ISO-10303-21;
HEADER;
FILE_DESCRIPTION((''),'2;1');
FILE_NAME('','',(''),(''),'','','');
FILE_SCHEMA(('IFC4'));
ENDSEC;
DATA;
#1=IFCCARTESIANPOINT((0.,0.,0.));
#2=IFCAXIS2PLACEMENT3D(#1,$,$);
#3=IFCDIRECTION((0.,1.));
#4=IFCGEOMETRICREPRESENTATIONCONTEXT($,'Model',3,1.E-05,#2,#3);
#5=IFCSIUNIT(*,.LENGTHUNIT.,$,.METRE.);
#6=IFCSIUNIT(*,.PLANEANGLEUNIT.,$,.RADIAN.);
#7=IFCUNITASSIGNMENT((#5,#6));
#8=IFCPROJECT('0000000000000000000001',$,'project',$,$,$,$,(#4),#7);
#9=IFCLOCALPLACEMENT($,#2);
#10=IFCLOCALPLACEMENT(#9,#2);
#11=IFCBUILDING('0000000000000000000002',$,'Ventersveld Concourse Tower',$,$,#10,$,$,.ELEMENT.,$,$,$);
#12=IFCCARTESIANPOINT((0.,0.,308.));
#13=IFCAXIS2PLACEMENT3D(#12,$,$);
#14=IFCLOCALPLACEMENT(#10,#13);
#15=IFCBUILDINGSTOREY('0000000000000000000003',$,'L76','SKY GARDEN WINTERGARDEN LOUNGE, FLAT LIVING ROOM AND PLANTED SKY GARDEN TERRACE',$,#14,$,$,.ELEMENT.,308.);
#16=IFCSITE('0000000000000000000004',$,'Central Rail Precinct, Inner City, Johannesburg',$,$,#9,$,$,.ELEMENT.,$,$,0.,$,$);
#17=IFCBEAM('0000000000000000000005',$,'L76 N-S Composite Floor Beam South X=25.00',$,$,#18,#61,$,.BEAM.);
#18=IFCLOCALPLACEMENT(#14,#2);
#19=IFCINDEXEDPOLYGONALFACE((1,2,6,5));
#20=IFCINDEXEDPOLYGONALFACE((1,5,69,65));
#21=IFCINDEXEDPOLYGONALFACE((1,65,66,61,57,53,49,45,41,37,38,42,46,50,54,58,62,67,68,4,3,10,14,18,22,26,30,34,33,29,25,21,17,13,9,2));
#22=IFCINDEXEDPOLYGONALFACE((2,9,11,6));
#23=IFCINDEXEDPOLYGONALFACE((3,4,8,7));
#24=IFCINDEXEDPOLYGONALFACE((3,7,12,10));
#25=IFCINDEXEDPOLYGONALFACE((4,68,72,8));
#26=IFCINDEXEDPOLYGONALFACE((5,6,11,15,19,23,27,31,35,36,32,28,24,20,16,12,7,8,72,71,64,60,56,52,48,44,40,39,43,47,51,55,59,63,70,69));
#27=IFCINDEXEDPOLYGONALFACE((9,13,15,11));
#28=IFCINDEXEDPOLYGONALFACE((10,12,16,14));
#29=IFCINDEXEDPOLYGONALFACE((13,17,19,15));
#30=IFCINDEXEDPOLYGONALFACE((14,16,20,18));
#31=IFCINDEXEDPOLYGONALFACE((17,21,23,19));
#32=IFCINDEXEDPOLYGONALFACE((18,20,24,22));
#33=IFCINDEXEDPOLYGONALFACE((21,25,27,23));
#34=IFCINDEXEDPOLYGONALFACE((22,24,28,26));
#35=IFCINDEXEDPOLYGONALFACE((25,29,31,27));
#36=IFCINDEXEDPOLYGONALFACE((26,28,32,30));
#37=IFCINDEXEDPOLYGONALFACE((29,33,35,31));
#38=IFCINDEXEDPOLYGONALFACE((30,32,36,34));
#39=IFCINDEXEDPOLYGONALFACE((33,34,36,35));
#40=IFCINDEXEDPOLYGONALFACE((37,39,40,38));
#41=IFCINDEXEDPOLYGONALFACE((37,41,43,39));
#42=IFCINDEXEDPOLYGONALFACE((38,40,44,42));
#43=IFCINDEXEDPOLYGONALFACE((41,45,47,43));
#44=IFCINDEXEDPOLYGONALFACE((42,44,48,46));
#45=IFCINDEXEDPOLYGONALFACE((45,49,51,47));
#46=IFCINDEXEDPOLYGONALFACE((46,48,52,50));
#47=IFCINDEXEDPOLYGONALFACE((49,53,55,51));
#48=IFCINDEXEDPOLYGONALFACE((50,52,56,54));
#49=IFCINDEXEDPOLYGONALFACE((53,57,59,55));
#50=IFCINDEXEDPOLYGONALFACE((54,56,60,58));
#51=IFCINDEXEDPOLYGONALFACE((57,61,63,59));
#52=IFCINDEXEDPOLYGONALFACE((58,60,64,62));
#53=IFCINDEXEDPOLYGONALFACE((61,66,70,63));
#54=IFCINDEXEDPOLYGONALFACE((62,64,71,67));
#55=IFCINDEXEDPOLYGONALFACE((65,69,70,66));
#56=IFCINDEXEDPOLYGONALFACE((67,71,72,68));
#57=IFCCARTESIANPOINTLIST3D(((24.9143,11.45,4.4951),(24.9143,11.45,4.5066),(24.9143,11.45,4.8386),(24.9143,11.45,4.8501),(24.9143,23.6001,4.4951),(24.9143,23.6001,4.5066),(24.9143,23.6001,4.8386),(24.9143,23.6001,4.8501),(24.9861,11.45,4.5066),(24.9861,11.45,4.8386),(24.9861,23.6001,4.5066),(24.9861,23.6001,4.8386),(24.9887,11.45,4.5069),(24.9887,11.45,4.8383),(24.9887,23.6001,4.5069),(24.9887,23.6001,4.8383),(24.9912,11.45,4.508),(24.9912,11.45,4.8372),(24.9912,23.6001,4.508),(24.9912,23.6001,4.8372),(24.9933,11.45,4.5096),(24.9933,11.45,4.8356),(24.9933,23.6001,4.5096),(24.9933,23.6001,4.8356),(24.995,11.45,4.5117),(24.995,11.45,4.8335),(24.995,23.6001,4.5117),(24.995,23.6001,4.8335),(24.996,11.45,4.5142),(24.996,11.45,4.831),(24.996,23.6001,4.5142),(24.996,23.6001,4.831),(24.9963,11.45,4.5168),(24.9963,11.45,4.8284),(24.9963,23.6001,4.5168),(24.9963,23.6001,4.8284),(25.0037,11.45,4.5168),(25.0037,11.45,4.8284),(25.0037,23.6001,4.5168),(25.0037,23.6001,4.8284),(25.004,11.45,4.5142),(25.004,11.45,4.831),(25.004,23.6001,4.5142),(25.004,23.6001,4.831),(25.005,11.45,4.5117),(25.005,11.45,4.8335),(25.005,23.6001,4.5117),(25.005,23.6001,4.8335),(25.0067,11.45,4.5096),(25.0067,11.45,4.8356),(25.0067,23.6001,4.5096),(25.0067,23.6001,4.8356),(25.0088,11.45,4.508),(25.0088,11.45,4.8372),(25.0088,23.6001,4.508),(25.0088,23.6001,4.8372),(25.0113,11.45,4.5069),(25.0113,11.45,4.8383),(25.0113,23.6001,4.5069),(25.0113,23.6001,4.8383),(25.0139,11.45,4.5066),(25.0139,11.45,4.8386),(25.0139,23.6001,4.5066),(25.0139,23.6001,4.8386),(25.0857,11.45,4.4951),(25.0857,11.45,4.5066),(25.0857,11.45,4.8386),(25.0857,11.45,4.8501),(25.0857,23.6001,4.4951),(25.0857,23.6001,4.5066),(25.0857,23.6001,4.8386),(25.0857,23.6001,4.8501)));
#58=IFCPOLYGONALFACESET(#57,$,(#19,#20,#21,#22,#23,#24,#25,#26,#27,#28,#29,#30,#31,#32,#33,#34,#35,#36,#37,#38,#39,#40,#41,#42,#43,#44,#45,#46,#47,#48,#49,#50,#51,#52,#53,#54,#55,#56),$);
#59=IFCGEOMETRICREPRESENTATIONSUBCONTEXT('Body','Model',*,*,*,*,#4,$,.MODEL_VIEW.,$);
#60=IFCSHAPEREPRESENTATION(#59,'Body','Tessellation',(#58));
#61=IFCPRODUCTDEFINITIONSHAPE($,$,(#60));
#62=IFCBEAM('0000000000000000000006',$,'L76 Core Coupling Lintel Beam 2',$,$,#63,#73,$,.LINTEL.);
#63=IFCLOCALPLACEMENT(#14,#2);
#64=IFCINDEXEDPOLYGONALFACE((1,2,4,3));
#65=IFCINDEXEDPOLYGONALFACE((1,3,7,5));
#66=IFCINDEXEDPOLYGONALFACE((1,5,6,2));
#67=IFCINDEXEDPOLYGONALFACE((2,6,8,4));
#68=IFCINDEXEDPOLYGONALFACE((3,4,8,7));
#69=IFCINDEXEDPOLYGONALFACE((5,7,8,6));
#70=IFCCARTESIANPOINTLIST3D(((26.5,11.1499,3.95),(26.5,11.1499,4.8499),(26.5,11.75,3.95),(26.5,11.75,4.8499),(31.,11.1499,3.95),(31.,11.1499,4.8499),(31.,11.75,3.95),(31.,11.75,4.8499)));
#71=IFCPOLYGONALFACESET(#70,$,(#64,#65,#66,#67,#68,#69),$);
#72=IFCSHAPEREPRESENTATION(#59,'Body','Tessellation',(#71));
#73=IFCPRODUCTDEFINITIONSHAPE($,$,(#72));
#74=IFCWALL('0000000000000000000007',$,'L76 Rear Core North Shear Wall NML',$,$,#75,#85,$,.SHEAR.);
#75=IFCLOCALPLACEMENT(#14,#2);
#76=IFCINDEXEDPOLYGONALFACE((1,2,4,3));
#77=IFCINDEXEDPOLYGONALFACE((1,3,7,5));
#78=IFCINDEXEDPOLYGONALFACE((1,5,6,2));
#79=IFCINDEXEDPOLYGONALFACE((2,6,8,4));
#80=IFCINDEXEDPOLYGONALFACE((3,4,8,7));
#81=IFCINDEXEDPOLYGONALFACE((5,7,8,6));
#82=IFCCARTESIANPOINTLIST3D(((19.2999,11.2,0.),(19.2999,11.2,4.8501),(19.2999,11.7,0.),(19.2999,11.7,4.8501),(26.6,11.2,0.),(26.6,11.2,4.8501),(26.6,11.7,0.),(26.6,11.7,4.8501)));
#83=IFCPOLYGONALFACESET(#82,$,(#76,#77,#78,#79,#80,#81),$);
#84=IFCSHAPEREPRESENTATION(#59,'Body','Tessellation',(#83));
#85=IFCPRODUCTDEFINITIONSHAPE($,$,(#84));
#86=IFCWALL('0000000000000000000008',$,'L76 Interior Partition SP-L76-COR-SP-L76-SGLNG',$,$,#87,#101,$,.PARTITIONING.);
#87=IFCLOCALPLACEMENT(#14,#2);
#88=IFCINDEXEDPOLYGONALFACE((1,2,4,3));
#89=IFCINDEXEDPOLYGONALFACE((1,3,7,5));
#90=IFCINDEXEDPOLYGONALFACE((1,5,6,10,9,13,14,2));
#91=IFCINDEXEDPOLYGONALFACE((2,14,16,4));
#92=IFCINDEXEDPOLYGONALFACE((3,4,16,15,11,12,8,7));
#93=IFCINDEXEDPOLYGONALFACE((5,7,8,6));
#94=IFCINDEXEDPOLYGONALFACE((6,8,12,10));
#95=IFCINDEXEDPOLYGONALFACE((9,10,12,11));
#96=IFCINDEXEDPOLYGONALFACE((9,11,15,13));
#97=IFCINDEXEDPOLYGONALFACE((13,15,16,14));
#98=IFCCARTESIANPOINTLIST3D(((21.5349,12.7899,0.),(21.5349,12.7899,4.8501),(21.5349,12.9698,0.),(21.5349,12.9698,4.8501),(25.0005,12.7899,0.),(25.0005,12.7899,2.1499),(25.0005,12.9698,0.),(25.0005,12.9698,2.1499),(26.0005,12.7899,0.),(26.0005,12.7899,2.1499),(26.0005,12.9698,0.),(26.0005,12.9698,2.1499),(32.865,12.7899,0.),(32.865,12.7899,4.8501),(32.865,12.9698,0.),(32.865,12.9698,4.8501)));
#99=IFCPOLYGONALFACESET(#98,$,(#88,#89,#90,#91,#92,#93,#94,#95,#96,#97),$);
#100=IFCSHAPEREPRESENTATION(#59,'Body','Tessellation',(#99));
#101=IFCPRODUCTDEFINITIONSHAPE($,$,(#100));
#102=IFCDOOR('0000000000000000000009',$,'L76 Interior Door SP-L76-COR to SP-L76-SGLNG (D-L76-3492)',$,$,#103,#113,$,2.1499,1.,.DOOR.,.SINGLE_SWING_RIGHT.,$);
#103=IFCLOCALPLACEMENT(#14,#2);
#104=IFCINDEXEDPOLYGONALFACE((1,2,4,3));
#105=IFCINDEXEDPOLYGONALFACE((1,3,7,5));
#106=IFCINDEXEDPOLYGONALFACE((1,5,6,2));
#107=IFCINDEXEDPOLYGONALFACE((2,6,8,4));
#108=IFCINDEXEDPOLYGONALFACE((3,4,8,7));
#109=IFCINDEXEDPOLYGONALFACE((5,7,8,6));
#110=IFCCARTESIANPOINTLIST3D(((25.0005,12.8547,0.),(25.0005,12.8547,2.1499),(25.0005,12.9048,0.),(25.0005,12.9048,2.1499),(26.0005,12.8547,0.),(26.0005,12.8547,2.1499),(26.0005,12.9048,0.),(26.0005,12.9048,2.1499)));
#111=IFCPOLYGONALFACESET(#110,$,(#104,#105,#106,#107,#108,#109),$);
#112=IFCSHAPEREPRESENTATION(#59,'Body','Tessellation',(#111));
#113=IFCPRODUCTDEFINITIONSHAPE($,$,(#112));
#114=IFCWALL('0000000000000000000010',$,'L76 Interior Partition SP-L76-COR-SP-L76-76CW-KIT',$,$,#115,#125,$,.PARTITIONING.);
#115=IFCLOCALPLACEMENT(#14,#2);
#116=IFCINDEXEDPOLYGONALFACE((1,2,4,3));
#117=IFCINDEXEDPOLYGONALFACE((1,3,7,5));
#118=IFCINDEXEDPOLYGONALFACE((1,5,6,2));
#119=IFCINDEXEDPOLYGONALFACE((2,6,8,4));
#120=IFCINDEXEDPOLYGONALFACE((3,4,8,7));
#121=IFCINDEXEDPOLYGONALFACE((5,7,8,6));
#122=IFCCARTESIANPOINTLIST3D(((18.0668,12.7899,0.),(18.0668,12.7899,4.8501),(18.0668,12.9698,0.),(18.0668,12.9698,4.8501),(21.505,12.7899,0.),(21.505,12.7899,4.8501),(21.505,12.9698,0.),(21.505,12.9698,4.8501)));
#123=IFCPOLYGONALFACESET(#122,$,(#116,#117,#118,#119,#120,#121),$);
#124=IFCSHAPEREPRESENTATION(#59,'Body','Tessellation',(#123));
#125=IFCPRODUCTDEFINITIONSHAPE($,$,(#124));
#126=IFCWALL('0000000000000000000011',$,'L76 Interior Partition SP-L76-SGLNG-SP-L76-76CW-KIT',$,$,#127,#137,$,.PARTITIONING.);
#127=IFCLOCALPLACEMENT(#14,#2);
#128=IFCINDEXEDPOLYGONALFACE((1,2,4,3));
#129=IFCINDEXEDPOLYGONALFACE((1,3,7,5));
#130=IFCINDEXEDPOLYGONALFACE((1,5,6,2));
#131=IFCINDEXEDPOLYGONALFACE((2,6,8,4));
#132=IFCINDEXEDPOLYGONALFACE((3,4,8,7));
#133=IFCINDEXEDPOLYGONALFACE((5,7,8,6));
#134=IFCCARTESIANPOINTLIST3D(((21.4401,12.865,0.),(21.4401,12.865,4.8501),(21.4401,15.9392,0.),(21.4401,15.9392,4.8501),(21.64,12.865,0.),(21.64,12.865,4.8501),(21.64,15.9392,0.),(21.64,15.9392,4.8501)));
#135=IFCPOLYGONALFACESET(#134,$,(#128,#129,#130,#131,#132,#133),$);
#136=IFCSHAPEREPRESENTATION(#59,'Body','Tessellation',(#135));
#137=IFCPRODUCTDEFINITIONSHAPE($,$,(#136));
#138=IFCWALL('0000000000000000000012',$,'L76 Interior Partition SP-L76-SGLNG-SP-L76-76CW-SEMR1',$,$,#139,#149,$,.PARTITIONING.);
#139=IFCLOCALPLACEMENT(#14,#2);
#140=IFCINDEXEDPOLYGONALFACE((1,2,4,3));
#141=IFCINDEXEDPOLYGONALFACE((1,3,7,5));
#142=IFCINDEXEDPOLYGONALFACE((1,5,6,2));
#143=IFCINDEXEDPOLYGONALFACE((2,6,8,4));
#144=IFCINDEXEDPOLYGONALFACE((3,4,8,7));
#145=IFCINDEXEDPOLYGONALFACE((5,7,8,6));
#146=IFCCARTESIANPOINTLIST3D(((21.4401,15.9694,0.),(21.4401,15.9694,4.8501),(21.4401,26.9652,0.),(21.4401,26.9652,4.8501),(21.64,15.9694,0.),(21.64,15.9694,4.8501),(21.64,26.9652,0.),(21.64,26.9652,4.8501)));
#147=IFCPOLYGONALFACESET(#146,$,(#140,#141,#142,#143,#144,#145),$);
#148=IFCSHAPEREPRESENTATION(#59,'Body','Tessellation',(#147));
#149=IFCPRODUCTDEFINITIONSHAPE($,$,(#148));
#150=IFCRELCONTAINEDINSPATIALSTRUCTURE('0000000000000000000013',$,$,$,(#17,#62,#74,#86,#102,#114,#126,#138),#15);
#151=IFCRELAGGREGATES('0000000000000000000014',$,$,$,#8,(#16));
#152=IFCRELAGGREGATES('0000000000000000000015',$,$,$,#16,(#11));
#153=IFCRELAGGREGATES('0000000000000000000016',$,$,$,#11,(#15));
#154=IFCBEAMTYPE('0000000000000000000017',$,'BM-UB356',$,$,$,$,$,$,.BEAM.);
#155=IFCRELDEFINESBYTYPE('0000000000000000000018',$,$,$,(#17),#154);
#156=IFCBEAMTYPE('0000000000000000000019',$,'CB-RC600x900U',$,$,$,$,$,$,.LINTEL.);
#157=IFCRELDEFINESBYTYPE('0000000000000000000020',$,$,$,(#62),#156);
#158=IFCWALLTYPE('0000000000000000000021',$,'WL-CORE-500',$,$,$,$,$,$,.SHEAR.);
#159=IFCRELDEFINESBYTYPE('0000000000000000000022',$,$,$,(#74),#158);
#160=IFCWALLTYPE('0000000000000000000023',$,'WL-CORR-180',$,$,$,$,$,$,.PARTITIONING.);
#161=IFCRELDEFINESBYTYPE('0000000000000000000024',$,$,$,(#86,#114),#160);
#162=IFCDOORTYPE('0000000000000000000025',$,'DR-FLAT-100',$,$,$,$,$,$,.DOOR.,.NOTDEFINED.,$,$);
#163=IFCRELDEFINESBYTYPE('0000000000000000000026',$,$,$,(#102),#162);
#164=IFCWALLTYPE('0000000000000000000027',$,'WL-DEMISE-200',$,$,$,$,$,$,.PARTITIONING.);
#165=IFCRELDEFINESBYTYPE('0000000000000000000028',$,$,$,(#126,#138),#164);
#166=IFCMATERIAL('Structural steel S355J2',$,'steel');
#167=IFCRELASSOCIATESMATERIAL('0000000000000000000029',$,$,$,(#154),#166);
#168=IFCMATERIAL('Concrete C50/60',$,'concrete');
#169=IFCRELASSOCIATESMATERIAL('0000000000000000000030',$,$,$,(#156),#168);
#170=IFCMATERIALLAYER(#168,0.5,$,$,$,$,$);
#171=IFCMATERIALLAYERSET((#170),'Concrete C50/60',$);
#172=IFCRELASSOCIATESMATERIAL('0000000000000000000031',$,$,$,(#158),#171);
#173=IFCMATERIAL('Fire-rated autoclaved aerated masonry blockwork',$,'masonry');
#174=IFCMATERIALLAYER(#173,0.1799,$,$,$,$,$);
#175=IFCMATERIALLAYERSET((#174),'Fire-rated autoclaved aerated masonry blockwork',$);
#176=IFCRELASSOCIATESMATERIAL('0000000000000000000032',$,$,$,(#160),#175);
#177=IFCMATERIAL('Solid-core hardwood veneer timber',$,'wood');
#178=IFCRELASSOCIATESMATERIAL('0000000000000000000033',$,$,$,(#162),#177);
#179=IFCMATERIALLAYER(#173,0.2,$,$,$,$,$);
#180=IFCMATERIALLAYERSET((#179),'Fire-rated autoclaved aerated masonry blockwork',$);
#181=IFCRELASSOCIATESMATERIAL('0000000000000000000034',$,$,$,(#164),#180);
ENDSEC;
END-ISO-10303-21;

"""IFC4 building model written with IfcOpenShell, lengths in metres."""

from ifc_helpers import new_model, si_unit, direction, frame, frame_2d, origin, origin_2d, place, context, subcontext, project, spatial, rectangle, i_section, extrude, material, layer, layer_set, material_profile, profile_set, type_object, element, fill, save


model = new_model("IFC4")

# Units and contexts
model_context = context("Model", 3, precision=1e-05, world=origin(), true_north=direction((0.0, 1.0)))
body_context = subcontext(model_context, "Body", "Model", "MODEL_VIEW")
ifc_project = project(units=[si_unit("LENGTHUNIT", "METRE"), si_unit("PLANEANGLEUNIT", "RADIAN")], contexts=[model_context])

# Site, building, storey
site_placement = place(None, origin())
site = spatial("IfcSite", under=ifc_project, at=site_placement, Name="Central Rail Precinct, Inner City, Johannesburg", CompositionType="ELEMENT", RefElevation=0.0)
building_placement = place(site_placement, origin())
building = spatial("IfcBuilding", under=site, at=building_placement, Name="Ventersveld Concourse Tower", CompositionType="ELEMENT")
storey_placement = place(building_placement, frame((0.0, 0.0, 308.0)))
storey = spatial("IfcBuildingStorey", under=building, at=storey_placement, Name="L76", Description="SKY GARDEN WINTERGARDEN LOUNGE, FLAT LIVING ROOM AND PLANTED SKY GARDEN TERRACE", CompositionType="ELEMENT", Elevation=308.0)

# Shared definitions
ifc_material_1 = material(Name="Concrete C50/60", Category="concrete")

# Beams
ifc_material_2 = material(Name="Structural steel S355J2", Category="steel")
ifc_material_profile_1 = material_profile(ifc_material_2, i_section(OverallWidth=0.1714, OverallDepth=0.355, WebThickness=0.0073, FlangeThickness=0.0115, FilletRadius=0.0103, at=origin_2d()), Name="UB 356x171x51")
ifc_profile_set_1 = profile_set([ifc_material_profile_1], Name="Structural steel S355J2")
beam_type_1 = type_object("IfcBeamType", Name="BM-UB356", PredefinedType="BEAM", material=ifc_profile_set_1)
for number, where, z_axis, x_axis, name in (
    (1, (25.0, 11.45, 4.6726), (0.0, 1.0, 0.0), (-1.0, 0.0, 0.0), "L76 N-S Composite Floor Beam South X=25.00"),
):
    element("IfcBeam", number, at=place(storey_placement, frame(where, z_axis=z_axis, x_axis=x_axis)), inside=storey, type_object=beam_type_1, Name=name, PredefinedType="BEAM", context=body_context, shape_type="SweptSolid", body=[
        extrude(i_section(OverallWidth=0.1714, OverallDepth=0.355, WebThickness=0.0073, FlangeThickness=0.0115, FilletRadius=0.0103, at=origin_2d()), origin(), (0.0, 0.0, 1.0), 12.1501),
    ])
ifc_material_profile_2 = material_profile(ifc_material_1, rectangle(XDim=0.6001, YDim=0.8999, at=origin_2d()), Name="RC 600x900")
ifc_profile_set_2 = profile_set([ifc_material_profile_2], Name="Concrete C50/60")
beam_type_2 = type_object("IfcBeamType", Name="CB-RC600x900U", PredefinedType="LINTEL", material=ifc_profile_set_2)
beam_1_placement = place(storey_placement, frame((26.5, 11.45, 4.3999), z_axis=(1.0, 0.0, 0.0), x_axis=(0.0, 1.0, 0.0)))
element("IfcBeam", 2, at=beam_1_placement, inside=storey, type_object=beam_type_2, Name="L76 Core Coupling Lintel Beam 2", PredefinedType="LINTEL", context=body_context, shape_type="SweptSolid", body=[
    extrude(rectangle(XDim=0.6001, YDim=0.8999, at=origin_2d()), origin(), (0.0, 0.0, 1.0), 4.5),
])

# Wall
ifc_layer_1 = layer(ifc_material_1, 0.5)
ifc_layer_set_1 = layer_set([ifc_layer_1], Name="Concrete C50/60")
wall_type_1 = type_object("IfcWallType", Name="WL-CORE-500", PredefinedType="SHEAR", material=ifc_layer_set_1)
wall_1_placement = place(storey_placement, frame((19.3, 11.45, 0.0), z_axis=(0.0, 0.0, 1.0), x_axis=(1.0, 0.0, 0.0)))
element("IfcWall", 3, at=wall_1_placement, inside=storey, type_object=wall_type_1, Name="L76 Rear Core North Shear Wall NML", PredefinedType="SHEAR", context=body_context, shape_type="SweptSolid", body=[
    extrude(rectangle(XDim=7.3, YDim=0.5, at=frame_2d((3.6499, 0.0))), origin(), (0.0, 0.0, 1.0), 4.8501),
])

# Wall, opening, door
ifc_material_3 = material(Name="Fire-rated autoclaved aerated masonry blockwork", Category="masonry")
ifc_layer_2 = layer(ifc_material_3, 0.1799)
ifc_layer_set_2 = layer_set([ifc_layer_2], Name="Fire-rated autoclaved aerated masonry blockwork")
wall_type_2 = type_object("IfcWallType", Name="WL-CORR-180", PredefinedType="PARTITIONING", material=ifc_layer_set_2)
wall_2_placement = place(storey_placement, frame((21.5349, 12.8799, 0.0), z_axis=(0.0, 0.0, 1.0), x_axis=(1.0, 0.0, 0.0)))
wall_2 = element("IfcWall", 4, at=wall_2_placement, inside=storey, type_object=wall_type_2, Name="L76 Interior Partition SP-L76-COR-SP-L76-SGLNG", PredefinedType="PARTITIONING", context=body_context, shape_type="SweptSolid", body=[
    extrude(rectangle(XDim=11.3301, YDim=0.1799, at=frame_2d((5.665, 0.0))), origin(), (0.0, 0.0, 1.0), 4.8501),
])
opening_1_placement = place(wall_2_placement, frame((3.4656, 0.0, 0.0)))
opening_1 = element("IfcOpeningElement", 5, at=opening_1_placement, cuts=wall_2, PredefinedType="OPENING", context=body_context, shape_type="SweptSolid", body=[
    extrude(rectangle(XDim=1.0, YDim=2.1499, at=frame_2d((0.5, 1.075))), frame((0.0, 0.1001, 0.0), z_axis=(0.0, -1.0, 0.0), x_axis=(1.0, 0.0, 0.0)), (0.0, 0.0, 1.0), 0.2),
])
ifc_material_4 = material(Name="Solid-core hardwood veneer timber", Category="wood")
door_type_1 = type_object("IfcDoorType", Name="DR-FLAT-100", OperationType="NOTDEFINED", PredefinedType="DOOR", material=ifc_material_4)
door_1_placement = place(opening_1_placement, origin())
door_1 = element("IfcDoor", 6, at=door_1_placement, inside=storey, type_object=door_type_1, Name="L76 Interior Door SP-L76-COR to SP-L76-SGLNG (D-L76-3492)", OperationType="SINGLE_SWING_RIGHT", OverallHeight=2.1499, OverallWidth=1.0, PredefinedType="DOOR", context=body_context, shape_type="SweptSolid", body=[
    extrude(rectangle(XDim=1.0, YDim=2.1499, at=frame_2d((0.5, 1.075))), frame((0.0, 0.0249, 0.0), z_axis=(0.0, -1.0, 0.0), x_axis=(1.0, 0.0, 0.0)), (0.0, 0.0, 1.0), 0.05),
])
fill(opening_1, door_1)

# Walls
wall_3_placement = place(storey_placement, frame((18.0667, 12.8799, 0.0), z_axis=(0.0, 0.0, 1.0), x_axis=(1.0, 0.0, 0.0)))
element("IfcWall", 7, at=wall_3_placement, inside=storey, type_object=wall_type_2, Name="L76 Interior Partition SP-L76-COR-SP-L76-76CW-KIT", PredefinedType="PARTITIONING", context=body_context, shape_type="SweptSolid", body=[
    extrude(rectangle(XDim=3.4382, YDim=0.1799, at=frame_2d((1.7192, 0.0))), origin(), (0.0, 0.0, 1.0), 4.8501),
])
ifc_layer_3 = layer(ifc_material_3, 0.2)
ifc_layer_set_3 = layer_set([ifc_layer_3], Name="Fire-rated autoclaved aerated masonry blockwork")
wall_type_3 = type_object("IfcWallType", Name="WL-DEMISE-200", PredefinedType="PARTITIONING", material=ifc_layer_set_3)
wall_4_placement = place(storey_placement, frame((21.54, 12.865, 0.0), z_axis=(0.0, 0.0, 1.0), x_axis=(0.0, 1.0, 0.0)))
element("IfcWall", 8, at=wall_4_placement, inside=storey, type_object=wall_type_3, Name="L76 Interior Partition SP-L76-SGLNG-SP-L76-76CW-KIT", PredefinedType="PARTITIONING", context=body_context, shape_type="SweptSolid", body=[
    extrude(rectangle(XDim=3.0742, YDim=0.2, at=frame_2d((1.5371, 0.0))), origin(), (0.0, 0.0, 1.0), 4.8501),
])
wall_5_placement = place(storey_placement, frame((21.54, 15.9692, 0.0), z_axis=(0.0, 0.0, 1.0), x_axis=(0.0, 1.0, 0.0)))
element("IfcWall", 9, at=wall_5_placement, inside=storey, type_object=wall_type_3, Name="L76 Interior Partition SP-L76-SGLNG-SP-L76-76CW-SEMR1", PredefinedType="PARTITIONING", context=body_context, shape_type="SweptSolid", body=[
    extrude(rectangle(XDim=10.9958, YDim=0.2, at=frame_2d((5.498, 0.0))), origin(), (0.0, 0.0, 1.0), 4.8501),
])

save(model, "model.ifc")
